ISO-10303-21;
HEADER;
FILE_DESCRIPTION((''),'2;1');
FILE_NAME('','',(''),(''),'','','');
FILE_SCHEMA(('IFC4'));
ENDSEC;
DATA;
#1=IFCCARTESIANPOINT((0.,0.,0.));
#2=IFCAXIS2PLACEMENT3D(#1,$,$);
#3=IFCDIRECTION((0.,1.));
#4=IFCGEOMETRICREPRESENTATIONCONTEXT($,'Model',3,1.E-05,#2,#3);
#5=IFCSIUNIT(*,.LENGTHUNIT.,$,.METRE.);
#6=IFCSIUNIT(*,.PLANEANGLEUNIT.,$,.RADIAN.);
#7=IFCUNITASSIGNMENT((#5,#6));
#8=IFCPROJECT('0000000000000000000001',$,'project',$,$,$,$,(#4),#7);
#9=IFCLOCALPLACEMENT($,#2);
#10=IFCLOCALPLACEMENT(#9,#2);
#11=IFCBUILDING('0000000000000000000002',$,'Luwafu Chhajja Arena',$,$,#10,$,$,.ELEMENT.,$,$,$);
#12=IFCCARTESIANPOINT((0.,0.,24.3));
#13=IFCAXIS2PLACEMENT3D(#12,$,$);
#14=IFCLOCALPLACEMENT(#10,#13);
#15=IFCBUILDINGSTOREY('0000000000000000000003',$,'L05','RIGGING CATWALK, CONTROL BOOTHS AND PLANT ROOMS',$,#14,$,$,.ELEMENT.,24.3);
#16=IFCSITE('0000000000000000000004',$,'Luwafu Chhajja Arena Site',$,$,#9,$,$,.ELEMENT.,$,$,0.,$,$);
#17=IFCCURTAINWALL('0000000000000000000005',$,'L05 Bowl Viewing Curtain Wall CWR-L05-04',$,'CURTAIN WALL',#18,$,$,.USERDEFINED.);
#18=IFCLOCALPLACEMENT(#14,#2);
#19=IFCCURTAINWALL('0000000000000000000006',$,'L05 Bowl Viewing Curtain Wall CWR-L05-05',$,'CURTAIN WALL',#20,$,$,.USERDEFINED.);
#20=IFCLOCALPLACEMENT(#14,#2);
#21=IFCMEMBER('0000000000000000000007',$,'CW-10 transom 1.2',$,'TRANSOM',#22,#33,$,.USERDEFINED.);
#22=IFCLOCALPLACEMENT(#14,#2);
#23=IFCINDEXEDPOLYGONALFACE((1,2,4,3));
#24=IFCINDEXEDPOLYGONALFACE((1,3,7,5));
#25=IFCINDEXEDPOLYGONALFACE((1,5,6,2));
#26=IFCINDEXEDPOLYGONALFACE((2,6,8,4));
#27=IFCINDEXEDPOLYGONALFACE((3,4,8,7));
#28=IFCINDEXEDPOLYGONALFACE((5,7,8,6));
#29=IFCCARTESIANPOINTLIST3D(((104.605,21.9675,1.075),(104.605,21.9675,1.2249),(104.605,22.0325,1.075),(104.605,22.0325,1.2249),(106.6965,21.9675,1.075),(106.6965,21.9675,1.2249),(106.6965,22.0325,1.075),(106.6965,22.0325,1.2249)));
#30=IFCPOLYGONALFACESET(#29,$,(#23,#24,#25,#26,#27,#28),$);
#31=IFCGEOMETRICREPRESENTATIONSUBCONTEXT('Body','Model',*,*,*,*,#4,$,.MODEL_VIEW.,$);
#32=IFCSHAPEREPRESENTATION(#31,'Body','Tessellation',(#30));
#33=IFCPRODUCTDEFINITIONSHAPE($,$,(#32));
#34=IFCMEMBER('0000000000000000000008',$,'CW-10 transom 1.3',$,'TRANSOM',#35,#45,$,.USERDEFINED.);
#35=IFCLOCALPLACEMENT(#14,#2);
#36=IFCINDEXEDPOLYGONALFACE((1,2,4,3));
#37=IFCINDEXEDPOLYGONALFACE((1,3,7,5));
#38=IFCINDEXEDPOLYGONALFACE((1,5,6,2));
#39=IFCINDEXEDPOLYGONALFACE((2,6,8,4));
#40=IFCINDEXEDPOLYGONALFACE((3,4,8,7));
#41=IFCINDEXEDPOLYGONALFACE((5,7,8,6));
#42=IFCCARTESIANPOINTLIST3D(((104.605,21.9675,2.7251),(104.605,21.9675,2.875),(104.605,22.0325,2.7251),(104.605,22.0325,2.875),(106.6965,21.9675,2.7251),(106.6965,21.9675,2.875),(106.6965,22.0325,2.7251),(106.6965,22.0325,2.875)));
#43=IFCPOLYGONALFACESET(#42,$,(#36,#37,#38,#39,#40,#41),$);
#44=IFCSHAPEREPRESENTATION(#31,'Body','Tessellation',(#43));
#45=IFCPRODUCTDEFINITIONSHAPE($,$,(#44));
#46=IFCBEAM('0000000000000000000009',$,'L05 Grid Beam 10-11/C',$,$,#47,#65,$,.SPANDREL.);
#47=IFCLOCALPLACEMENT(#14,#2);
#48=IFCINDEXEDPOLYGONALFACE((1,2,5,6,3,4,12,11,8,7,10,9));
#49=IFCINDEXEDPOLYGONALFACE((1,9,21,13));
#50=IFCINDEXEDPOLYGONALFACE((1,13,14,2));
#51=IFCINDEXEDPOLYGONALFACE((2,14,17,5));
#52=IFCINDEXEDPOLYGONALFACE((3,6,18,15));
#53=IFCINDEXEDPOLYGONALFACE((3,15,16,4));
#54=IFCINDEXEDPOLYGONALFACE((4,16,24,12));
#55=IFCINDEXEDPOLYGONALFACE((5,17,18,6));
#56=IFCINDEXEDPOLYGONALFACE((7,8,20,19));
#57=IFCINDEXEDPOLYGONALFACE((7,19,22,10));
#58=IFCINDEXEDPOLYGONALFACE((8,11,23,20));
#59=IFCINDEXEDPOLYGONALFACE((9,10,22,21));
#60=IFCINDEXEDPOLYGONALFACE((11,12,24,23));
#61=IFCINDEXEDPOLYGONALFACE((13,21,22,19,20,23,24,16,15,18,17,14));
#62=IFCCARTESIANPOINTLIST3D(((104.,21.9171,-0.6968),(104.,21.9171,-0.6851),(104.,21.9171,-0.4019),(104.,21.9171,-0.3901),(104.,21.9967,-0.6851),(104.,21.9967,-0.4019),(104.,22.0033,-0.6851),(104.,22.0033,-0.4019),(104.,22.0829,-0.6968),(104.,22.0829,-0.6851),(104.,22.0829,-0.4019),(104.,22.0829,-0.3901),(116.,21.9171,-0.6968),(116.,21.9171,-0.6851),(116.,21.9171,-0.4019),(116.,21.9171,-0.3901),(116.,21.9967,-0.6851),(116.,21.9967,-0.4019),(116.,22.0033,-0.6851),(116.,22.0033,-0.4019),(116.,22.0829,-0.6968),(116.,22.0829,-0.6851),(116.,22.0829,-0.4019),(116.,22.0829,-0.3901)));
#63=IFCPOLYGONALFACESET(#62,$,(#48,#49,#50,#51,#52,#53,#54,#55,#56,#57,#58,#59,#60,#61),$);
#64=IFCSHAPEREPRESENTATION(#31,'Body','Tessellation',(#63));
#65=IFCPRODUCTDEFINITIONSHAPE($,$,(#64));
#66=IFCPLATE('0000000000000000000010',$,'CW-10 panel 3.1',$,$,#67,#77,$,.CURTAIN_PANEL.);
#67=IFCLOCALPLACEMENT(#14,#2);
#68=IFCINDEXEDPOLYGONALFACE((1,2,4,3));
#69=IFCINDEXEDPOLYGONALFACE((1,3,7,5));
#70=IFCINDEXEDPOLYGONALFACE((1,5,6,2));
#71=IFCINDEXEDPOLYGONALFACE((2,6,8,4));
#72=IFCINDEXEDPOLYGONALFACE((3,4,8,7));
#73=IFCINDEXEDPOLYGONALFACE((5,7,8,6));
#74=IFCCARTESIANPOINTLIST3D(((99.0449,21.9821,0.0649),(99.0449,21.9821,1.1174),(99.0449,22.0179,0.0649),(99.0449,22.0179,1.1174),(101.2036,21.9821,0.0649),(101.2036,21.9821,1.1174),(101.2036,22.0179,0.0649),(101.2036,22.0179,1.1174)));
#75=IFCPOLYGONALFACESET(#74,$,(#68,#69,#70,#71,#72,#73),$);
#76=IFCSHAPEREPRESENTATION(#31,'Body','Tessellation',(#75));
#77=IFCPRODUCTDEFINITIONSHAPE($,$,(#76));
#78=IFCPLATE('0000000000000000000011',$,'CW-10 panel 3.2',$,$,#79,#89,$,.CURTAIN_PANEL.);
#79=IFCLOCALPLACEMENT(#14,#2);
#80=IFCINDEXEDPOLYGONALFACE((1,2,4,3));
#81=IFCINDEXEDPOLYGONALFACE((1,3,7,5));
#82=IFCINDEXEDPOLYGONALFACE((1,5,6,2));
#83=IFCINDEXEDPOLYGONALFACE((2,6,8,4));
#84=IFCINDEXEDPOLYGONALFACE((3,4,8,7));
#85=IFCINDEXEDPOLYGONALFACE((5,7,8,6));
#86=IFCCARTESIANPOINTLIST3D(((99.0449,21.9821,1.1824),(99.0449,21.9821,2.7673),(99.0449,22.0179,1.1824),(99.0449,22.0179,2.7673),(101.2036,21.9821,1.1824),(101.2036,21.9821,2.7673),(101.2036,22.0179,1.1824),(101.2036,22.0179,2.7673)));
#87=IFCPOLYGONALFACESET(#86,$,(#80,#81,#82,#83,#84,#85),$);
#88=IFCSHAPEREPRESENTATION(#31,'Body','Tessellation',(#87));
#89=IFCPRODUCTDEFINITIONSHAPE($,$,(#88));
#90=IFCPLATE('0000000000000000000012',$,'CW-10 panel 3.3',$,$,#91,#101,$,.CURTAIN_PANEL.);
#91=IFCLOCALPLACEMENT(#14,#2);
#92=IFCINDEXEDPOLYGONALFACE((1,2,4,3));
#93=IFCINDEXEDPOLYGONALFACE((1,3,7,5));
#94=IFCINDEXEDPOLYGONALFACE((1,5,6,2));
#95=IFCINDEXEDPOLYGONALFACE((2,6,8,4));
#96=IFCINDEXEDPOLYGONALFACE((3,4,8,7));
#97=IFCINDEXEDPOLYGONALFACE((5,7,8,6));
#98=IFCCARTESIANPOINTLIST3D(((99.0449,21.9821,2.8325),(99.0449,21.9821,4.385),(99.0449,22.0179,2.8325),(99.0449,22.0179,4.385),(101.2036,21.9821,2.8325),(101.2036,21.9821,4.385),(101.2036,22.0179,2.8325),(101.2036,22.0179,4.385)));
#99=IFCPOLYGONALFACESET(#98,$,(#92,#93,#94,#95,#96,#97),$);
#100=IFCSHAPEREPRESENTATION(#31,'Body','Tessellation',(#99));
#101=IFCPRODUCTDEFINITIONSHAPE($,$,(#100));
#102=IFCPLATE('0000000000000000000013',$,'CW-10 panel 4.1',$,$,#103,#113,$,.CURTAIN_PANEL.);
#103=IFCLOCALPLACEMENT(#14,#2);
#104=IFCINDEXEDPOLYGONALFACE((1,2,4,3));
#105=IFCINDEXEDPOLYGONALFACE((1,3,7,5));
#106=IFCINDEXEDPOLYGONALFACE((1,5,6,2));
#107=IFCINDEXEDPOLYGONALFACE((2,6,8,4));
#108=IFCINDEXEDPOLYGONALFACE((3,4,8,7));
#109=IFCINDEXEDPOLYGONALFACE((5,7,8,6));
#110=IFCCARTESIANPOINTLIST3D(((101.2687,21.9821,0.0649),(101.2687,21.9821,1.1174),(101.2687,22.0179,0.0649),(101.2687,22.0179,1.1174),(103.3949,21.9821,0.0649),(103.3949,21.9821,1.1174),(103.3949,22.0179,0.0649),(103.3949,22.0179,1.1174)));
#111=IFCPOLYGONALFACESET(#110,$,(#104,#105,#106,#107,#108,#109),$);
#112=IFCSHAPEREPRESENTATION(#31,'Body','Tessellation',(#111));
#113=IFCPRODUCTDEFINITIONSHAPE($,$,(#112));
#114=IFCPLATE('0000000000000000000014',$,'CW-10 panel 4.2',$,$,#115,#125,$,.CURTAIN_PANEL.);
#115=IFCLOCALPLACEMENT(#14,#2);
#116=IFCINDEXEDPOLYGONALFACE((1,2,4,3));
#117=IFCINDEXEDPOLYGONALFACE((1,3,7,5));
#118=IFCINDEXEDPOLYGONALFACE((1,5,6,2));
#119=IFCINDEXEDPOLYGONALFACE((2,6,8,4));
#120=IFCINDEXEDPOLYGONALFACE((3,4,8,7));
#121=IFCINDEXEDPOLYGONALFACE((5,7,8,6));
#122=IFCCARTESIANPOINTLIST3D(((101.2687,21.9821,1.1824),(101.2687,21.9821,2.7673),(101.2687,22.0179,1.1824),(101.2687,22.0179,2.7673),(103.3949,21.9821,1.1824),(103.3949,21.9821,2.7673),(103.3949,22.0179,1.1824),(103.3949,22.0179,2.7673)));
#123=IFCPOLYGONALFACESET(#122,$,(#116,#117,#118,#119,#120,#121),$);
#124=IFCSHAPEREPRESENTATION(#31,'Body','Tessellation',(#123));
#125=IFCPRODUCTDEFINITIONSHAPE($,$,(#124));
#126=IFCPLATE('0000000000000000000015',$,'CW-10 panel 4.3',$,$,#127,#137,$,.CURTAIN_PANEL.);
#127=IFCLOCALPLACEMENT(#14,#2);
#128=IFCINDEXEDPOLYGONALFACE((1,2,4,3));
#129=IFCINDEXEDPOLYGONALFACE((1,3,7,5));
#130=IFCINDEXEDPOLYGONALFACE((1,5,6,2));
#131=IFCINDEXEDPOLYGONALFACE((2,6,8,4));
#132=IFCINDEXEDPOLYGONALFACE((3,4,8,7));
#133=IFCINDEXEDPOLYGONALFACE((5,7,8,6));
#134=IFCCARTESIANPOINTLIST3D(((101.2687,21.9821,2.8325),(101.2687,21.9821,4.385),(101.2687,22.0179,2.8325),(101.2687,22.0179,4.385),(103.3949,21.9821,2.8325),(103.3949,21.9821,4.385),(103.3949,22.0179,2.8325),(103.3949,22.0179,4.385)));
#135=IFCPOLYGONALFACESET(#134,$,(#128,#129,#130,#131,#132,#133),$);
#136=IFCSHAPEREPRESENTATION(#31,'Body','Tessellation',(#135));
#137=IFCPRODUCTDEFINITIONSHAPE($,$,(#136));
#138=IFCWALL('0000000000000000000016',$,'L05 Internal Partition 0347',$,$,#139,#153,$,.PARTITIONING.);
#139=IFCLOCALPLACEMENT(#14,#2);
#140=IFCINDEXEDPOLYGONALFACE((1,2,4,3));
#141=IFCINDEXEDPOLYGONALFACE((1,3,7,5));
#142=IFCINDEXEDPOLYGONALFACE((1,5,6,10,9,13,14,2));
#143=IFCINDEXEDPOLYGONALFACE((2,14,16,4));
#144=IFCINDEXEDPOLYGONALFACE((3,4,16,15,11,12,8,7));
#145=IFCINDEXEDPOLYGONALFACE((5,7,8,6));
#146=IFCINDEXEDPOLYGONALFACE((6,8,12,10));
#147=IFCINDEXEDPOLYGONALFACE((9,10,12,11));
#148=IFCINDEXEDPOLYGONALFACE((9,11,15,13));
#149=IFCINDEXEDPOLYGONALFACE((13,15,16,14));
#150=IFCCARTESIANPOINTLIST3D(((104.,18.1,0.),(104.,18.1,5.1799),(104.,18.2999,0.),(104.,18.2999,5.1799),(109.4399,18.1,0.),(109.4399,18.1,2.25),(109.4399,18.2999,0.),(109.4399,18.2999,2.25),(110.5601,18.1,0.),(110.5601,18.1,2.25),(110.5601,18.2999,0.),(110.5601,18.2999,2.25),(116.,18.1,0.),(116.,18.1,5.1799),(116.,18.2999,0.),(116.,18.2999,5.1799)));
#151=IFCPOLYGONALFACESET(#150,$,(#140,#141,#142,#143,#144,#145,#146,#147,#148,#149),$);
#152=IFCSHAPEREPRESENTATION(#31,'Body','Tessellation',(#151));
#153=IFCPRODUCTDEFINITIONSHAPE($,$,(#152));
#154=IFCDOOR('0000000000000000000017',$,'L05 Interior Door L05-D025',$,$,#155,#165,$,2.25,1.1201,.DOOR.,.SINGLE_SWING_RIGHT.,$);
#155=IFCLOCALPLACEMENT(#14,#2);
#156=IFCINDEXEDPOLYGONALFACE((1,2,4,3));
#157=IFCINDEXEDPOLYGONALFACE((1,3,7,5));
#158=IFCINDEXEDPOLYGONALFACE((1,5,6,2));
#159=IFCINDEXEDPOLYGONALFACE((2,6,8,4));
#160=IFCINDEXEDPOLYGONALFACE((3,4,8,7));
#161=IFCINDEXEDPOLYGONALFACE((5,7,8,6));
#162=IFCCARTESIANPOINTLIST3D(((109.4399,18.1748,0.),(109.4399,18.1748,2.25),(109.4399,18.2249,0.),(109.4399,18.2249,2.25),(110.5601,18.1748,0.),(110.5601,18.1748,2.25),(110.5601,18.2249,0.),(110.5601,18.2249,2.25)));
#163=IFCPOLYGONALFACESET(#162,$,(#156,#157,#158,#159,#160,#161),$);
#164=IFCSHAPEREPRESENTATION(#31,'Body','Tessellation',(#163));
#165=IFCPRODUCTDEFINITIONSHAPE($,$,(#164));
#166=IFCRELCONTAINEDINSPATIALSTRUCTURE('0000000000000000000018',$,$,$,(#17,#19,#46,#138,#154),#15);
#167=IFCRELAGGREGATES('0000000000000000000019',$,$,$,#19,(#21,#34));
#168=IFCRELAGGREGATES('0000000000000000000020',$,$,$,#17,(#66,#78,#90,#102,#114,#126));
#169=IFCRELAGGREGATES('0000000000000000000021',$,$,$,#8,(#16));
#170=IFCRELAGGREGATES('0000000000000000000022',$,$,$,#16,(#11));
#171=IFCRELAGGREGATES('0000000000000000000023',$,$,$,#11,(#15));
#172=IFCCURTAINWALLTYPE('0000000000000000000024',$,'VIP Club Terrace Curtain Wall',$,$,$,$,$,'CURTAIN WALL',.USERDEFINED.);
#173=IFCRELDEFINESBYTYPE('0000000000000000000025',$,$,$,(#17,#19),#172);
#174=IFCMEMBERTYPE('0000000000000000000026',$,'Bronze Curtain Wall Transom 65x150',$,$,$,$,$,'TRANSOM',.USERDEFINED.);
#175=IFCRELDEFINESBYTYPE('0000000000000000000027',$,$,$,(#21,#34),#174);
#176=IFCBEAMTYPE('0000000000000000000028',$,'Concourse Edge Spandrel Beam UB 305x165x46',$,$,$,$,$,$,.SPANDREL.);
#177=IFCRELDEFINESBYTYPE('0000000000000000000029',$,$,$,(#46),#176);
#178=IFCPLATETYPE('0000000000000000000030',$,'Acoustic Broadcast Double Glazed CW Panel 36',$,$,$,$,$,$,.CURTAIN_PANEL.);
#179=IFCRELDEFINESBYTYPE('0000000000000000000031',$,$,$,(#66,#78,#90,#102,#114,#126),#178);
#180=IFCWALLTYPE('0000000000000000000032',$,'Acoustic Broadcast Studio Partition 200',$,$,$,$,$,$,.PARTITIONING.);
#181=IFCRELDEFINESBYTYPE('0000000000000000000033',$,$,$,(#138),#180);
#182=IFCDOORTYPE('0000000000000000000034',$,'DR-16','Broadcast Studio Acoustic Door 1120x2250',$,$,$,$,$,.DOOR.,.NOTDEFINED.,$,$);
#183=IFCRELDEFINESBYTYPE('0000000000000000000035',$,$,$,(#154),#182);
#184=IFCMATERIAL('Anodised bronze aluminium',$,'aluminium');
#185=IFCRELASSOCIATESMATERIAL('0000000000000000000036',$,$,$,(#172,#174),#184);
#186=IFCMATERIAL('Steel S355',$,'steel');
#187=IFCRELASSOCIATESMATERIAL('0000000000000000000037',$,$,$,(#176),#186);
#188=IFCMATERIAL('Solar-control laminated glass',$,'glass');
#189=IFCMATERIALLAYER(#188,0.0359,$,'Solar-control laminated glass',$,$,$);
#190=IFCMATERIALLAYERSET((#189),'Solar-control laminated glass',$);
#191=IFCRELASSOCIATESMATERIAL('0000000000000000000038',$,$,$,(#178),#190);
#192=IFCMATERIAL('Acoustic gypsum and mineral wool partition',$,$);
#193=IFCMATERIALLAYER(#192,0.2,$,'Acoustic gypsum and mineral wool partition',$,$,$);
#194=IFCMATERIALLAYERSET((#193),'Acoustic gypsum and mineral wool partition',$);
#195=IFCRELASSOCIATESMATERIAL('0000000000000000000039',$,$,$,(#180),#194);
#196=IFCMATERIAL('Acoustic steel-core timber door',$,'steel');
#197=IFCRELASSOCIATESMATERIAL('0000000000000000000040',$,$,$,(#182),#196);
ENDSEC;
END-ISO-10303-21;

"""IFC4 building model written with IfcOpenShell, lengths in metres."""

from ifc_helpers import new_model, si_unit, direction, frame, frame_2d, origin, origin_2d, place, context, subcontext, project, spatial, rectangle, i_section, extrude, material, layer, layer_set, material_profile, profile_set, type_object, element, fill, aggregate, save


model = new_model("IFC4")

# Units and contexts
model_context = context("Model", 3, precision=1e-05, world=origin(), true_north=direction((0.0, 1.0)))
body_context = subcontext(model_context, "Body", "Model", "MODEL_VIEW")
ifc_project = project(units=[si_unit("LENGTHUNIT", "METRE"), si_unit("PLANEANGLEUNIT", "RADIAN")], contexts=[model_context])

# Site, building, storey
site_placement = place(None, origin())
site = spatial("IfcSite", under=ifc_project, at=site_placement, Name="Luwafu Chhajja Arena Site", CompositionType="ELEMENT", RefElevation=0.0)
building_placement = place(site_placement, origin())
building = spatial("IfcBuilding", under=site, at=building_placement, Name="Luwafu Chhajja Arena", CompositionType="ELEMENT")
storey_placement = place(building_placement, frame((0.0, 0.0, 24.3)))
storey = spatial("IfcBuildingStorey", under=building, at=storey_placement, Name="L05", Description="RIGGING CATWALK, CONTROL BOOTHS AND PLANT ROOMS", CompositionType="ELEMENT", Elevation=24.3)

# Curtain wall
ifc_material_1 = material(Name="Anodised bronze aluminium", Category="aluminium")
curtain_wall_type = type_object("IfcCurtainWallType", Name="VIP Club Terrace Curtain Wall", ElementType="CURTAIN WALL", PredefinedType="USERDEFINED", material=ifc_material_1)
curtain_wall_1_placement = place(storey_placement, origin())
curtain_wall_1 = element("IfcCurtainWall", 1, at=curtain_wall_1_placement, inside=storey, type_object=curtain_wall_type, Name="L05 Bowl Viewing Curtain Wall CWR-L05-04", ObjectType="CURTAIN WALL", PredefinedType="USERDEFINED")

# Curtain wall
curtain_wall_2_placement = place(storey_placement, origin())
curtain_wall_2 = element("IfcCurtainWall", 2, at=curtain_wall_2_placement, inside=storey, type_object=curtain_wall_type, Name="L05 Bowl Viewing Curtain Wall CWR-L05-05", ObjectType="CURTAIN WALL", PredefinedType="USERDEFINED")

# Members
ifc_material_profile_1 = material_profile(ifc_material_1, rectangle(XDim=0.0649, YDim=0.1499, at=origin_2d()), Name="CWT 65x150")
ifc_profile_set_1 = profile_set([ifc_material_profile_1], Name="Anodised bronze aluminium")
member_type_1 = type_object("IfcMemberType", Name="Bronze Curtain Wall Transom 65x150", ElementType="TRANSOM", PredefinedType="USERDEFINED", material=ifc_profile_set_1)
member_1_placement = place(storey_placement, frame((104.605, 22.0, 1.1499), z_axis=(1.0, 0.0, 0.0), x_axis=(0.0, 1.0, 0.0)))
member_1 = element("IfcMember", 3, at=member_1_placement, type_object=member_type_1, Name="CW-10 transom 1.2", ObjectType="TRANSOM", PredefinedType="USERDEFINED", context=body_context, shape_type="SweptSolid", body=[
    extrude(rectangle(XDim=0.0649, YDim=0.1499, at=origin_2d()), origin(), (0.0, 0.0, 1.0), 2.0916),
])
member_2_placement = place(storey_placement, frame((104.605, 22.0, 2.8), z_axis=(1.0, 0.0, 0.0), x_axis=(0.0, 1.0, 0.0)))
member_2 = element("IfcMember", 4, at=member_2_placement, type_object=member_type_1, Name="CW-10 transom 1.3", ObjectType="TRANSOM", PredefinedType="USERDEFINED", context=body_context, shape_type="SweptSolid", body=[
    extrude(rectangle(XDim=0.0649, YDim=0.1499, at=origin_2d()), origin(), (0.0, 0.0, 1.0), 2.0916),
])
aggregate(curtain_wall_2, [member_1, member_2])

# Beam
ifc_material_2 = material(Name="Steel S355", Category="steel")
ifc_material_profile_2 = material_profile(ifc_material_2, i_section(OverallWidth=0.1658, OverallDepth=0.3066, WebThickness=0.0066, FlangeThickness=0.0117, at=origin_2d()), Name="UB 305x165x46")
ifc_profile_set_2 = profile_set([ifc_material_profile_2], Name="Steel S355")
beam_type = type_object("IfcBeamType", Name="Concourse Edge Spandrel Beam UB 305x165x46", PredefinedType="SPANDREL", material=ifc_profile_set_2)
beam_placement = place(storey_placement, frame((104.0, 22.0, -0.5435), z_axis=(1.0, 0.0, 0.0), x_axis=(0.0, 1.0, 0.0)))
element("IfcBeam", 5, at=beam_placement, inside=storey, type_object=beam_type, Name="L05 Grid Beam 10-11/C", PredefinedType="SPANDREL", context=body_context, shape_type="SweptSolid", body=[
    extrude(i_section(OverallWidth=0.1658, OverallDepth=0.3066, WebThickness=0.0066, FlangeThickness=0.0117, at=origin_2d()), origin(), (0.0, 0.0, 1.0), 12.0),
])

# Plates
ifc_material_3 = material(Name="Solar-control laminated glass", Category="glass")
ifc_layer_1 = layer(ifc_material_3, 0.0359, Name="Solar-control laminated glass")
ifc_layer_set_1 = layer_set([ifc_layer_1], Name="Solar-control laminated glass")
plate_type = type_object("IfcPlateType", Name="Acoustic Broadcast Double Glazed CW Panel 36", PredefinedType="CURTAIN_PANEL", material=ifc_layer_set_1)
plate_1_placement = place(storey_placement, frame((100.1243, 22.0, 0.0649), z_axis=(0.0, 0.0, 1.0), x_axis=(1.0, 0.0, 0.0)))
plate_1 = element("IfcPlate", 6, at=plate_1_placement, type_object=plate_type, Name="CW-10 panel 3.1", PredefinedType="CURTAIN_PANEL", context=body_context, shape_type="SweptSolid", body=[
    extrude(rectangle(XDim=2.1587, YDim=0.0359, at=origin_2d()), origin(), (0.0, 0.0, 1.0), 1.0525),
])
plate_2_placement = place(storey_placement, frame((100.1243, 22.0, 1.1824), z_axis=(0.0, 0.0, 1.0), x_axis=(1.0, 0.0, 0.0)))
plate_2 = element("IfcPlate", 7, at=plate_2_placement, type_object=plate_type, Name="CW-10 panel 3.2", PredefinedType="CURTAIN_PANEL", context=body_context, shape_type="SweptSolid", body=[
    extrude(rectangle(XDim=2.1587, YDim=0.0359, at=origin_2d()), origin(), (0.0, 0.0, 1.0), 1.585),
])
plate_3_placement = place(storey_placement, frame((100.1243, 22.0, 2.8325), z_axis=(0.0, 0.0, 1.0), x_axis=(1.0, 0.0, 0.0)))
plate_3 = element("IfcPlate", 8, at=plate_3_placement, type_object=plate_type, Name="CW-10 panel 3.3", PredefinedType="CURTAIN_PANEL", context=body_context, shape_type="SweptSolid", body=[
    extrude(rectangle(XDim=2.1587, YDim=0.0359, at=origin_2d()), origin(), (0.0, 0.0, 1.0), 1.5525),
])
plate_4_placement = place(storey_placement, frame((102.3318, 22.0, 0.0649), z_axis=(0.0, 0.0, 1.0), x_axis=(1.0, 0.0, 0.0)))
plate_4 = element("IfcPlate", 9, at=plate_4_placement, type_object=plate_type, Name="CW-10 panel 4.1", PredefinedType="CURTAIN_PANEL", context=body_context, shape_type="SweptSolid", body=[
    extrude(rectangle(XDim=2.1262, YDim=0.0359, at=origin_2d()), origin(), (0.0, 0.0, 1.0), 1.0525),
])
plate_5_placement = place(storey_placement, frame((102.3318, 22.0, 1.1824), z_axis=(0.0, 0.0, 1.0), x_axis=(1.0, 0.0, 0.0)))
plate_5 = element("IfcPlate", 10, at=plate_5_placement, type_object=plate_type, Name="CW-10 panel 4.2", PredefinedType="CURTAIN_PANEL", context=body_context, shape_type="SweptSolid", body=[
    extrude(rectangle(XDim=2.1262, YDim=0.0359, at=origin_2d()), origin(), (0.0, 0.0, 1.0), 1.585),
])
plate_6_placement = place(storey_placement, frame((102.3318, 22.0, 2.8325), z_axis=(0.0, 0.0, 1.0), x_axis=(1.0, 0.0, 0.0)))
plate_6 = element("IfcPlate", 11, at=plate_6_placement, type_object=plate_type, Name="CW-10 panel 4.3", PredefinedType="CURTAIN_PANEL", context=body_context, shape_type="SweptSolid", body=[
    extrude(rectangle(XDim=2.1262, YDim=0.0359, at=origin_2d()), origin(), (0.0, 0.0, 1.0), 1.5525),
])
aggregate(curtain_wall_1, [plate_1, plate_2, plate_3, plate_4, plate_5, plate_6])

# Wall, opening, door
ifc_material_4 = material(Name="Acoustic gypsum and mineral wool partition")
ifc_layer_2 = layer(ifc_material_4, 0.2, Name="Acoustic gypsum and mineral wool partition")
ifc_layer_set_2 = layer_set([ifc_layer_2], Name="Acoustic gypsum and mineral wool partition")
wall_type = type_object("IfcWallType", Name="Acoustic Broadcast Studio Partition 200", PredefinedType="PARTITIONING", material=ifc_layer_set_2)
wall_1_placement = place(storey_placement, frame((104.0, 18.2, 0.0), z_axis=(0.0, 0.0, 1.0), x_axis=(1.0, 0.0, 0.0)))
wall_1 = element("IfcWall", 12, at=wall_1_placement, inside=storey, type_object=wall_type, Name="L05 Internal Partition 0347", PredefinedType="PARTITIONING", context=body_context, shape_type="SweptSolid", body=[
    extrude(rectangle(XDim=12.0, YDim=0.2, at=frame_2d((6.0, 0.0))), origin(), (0.0, 0.0, 1.0), 5.1799),
])
opening_1_placement = place(wall_1_placement, frame((5.4399, 0.0, 0.0)))
opening_1 = element("IfcOpeningElement", 13, at=opening_1_placement, cuts=wall_1, PredefinedType="OPENING", context=body_context, shape_type="SweptSolid", body=[
    extrude(rectangle(XDim=1.1201, YDim=2.25, at=frame_2d((0.5601, 1.125))), frame((0.0, 0.1099, 0.0), z_axis=(0.0, -1.0, 0.0), x_axis=(1.0, 0.0, 0.0)), (0.0, 0.0, 1.0), 0.22),
])
ifc_material_5 = material(Name="Acoustic steel-core timber door", Category="steel")
door_type_1 = type_object("IfcDoorType", Name="DR-16", Description="Broadcast Studio Acoustic Door 1120x2250", OperationType="NOTDEFINED", PredefinedType="DOOR", material=ifc_material_5)
door_1_placement = place(opening_1_placement, origin())
door_1 = element("IfcDoor", 14, at=door_1_placement, inside=storey, type_object=door_type_1, Name="L05 Interior Door L05-D025", OperationType="SINGLE_SWING_RIGHT", OverallHeight=2.25, OverallWidth=1.1201, PredefinedType="DOOR", context=body_context, shape_type="SweptSolid", body=[
    extrude(rectangle(XDim=1.1201, YDim=2.25, at=frame_2d((0.5601, 1.125))), frame((0.0, 0.0249, 0.0), z_axis=(0.0, -1.0, 0.0), x_axis=(1.0, 0.0, 0.0)), (0.0, 0.0, 1.0), 0.05),
])
fill(opening_1, door_1)

save(model, "model.ifc")
